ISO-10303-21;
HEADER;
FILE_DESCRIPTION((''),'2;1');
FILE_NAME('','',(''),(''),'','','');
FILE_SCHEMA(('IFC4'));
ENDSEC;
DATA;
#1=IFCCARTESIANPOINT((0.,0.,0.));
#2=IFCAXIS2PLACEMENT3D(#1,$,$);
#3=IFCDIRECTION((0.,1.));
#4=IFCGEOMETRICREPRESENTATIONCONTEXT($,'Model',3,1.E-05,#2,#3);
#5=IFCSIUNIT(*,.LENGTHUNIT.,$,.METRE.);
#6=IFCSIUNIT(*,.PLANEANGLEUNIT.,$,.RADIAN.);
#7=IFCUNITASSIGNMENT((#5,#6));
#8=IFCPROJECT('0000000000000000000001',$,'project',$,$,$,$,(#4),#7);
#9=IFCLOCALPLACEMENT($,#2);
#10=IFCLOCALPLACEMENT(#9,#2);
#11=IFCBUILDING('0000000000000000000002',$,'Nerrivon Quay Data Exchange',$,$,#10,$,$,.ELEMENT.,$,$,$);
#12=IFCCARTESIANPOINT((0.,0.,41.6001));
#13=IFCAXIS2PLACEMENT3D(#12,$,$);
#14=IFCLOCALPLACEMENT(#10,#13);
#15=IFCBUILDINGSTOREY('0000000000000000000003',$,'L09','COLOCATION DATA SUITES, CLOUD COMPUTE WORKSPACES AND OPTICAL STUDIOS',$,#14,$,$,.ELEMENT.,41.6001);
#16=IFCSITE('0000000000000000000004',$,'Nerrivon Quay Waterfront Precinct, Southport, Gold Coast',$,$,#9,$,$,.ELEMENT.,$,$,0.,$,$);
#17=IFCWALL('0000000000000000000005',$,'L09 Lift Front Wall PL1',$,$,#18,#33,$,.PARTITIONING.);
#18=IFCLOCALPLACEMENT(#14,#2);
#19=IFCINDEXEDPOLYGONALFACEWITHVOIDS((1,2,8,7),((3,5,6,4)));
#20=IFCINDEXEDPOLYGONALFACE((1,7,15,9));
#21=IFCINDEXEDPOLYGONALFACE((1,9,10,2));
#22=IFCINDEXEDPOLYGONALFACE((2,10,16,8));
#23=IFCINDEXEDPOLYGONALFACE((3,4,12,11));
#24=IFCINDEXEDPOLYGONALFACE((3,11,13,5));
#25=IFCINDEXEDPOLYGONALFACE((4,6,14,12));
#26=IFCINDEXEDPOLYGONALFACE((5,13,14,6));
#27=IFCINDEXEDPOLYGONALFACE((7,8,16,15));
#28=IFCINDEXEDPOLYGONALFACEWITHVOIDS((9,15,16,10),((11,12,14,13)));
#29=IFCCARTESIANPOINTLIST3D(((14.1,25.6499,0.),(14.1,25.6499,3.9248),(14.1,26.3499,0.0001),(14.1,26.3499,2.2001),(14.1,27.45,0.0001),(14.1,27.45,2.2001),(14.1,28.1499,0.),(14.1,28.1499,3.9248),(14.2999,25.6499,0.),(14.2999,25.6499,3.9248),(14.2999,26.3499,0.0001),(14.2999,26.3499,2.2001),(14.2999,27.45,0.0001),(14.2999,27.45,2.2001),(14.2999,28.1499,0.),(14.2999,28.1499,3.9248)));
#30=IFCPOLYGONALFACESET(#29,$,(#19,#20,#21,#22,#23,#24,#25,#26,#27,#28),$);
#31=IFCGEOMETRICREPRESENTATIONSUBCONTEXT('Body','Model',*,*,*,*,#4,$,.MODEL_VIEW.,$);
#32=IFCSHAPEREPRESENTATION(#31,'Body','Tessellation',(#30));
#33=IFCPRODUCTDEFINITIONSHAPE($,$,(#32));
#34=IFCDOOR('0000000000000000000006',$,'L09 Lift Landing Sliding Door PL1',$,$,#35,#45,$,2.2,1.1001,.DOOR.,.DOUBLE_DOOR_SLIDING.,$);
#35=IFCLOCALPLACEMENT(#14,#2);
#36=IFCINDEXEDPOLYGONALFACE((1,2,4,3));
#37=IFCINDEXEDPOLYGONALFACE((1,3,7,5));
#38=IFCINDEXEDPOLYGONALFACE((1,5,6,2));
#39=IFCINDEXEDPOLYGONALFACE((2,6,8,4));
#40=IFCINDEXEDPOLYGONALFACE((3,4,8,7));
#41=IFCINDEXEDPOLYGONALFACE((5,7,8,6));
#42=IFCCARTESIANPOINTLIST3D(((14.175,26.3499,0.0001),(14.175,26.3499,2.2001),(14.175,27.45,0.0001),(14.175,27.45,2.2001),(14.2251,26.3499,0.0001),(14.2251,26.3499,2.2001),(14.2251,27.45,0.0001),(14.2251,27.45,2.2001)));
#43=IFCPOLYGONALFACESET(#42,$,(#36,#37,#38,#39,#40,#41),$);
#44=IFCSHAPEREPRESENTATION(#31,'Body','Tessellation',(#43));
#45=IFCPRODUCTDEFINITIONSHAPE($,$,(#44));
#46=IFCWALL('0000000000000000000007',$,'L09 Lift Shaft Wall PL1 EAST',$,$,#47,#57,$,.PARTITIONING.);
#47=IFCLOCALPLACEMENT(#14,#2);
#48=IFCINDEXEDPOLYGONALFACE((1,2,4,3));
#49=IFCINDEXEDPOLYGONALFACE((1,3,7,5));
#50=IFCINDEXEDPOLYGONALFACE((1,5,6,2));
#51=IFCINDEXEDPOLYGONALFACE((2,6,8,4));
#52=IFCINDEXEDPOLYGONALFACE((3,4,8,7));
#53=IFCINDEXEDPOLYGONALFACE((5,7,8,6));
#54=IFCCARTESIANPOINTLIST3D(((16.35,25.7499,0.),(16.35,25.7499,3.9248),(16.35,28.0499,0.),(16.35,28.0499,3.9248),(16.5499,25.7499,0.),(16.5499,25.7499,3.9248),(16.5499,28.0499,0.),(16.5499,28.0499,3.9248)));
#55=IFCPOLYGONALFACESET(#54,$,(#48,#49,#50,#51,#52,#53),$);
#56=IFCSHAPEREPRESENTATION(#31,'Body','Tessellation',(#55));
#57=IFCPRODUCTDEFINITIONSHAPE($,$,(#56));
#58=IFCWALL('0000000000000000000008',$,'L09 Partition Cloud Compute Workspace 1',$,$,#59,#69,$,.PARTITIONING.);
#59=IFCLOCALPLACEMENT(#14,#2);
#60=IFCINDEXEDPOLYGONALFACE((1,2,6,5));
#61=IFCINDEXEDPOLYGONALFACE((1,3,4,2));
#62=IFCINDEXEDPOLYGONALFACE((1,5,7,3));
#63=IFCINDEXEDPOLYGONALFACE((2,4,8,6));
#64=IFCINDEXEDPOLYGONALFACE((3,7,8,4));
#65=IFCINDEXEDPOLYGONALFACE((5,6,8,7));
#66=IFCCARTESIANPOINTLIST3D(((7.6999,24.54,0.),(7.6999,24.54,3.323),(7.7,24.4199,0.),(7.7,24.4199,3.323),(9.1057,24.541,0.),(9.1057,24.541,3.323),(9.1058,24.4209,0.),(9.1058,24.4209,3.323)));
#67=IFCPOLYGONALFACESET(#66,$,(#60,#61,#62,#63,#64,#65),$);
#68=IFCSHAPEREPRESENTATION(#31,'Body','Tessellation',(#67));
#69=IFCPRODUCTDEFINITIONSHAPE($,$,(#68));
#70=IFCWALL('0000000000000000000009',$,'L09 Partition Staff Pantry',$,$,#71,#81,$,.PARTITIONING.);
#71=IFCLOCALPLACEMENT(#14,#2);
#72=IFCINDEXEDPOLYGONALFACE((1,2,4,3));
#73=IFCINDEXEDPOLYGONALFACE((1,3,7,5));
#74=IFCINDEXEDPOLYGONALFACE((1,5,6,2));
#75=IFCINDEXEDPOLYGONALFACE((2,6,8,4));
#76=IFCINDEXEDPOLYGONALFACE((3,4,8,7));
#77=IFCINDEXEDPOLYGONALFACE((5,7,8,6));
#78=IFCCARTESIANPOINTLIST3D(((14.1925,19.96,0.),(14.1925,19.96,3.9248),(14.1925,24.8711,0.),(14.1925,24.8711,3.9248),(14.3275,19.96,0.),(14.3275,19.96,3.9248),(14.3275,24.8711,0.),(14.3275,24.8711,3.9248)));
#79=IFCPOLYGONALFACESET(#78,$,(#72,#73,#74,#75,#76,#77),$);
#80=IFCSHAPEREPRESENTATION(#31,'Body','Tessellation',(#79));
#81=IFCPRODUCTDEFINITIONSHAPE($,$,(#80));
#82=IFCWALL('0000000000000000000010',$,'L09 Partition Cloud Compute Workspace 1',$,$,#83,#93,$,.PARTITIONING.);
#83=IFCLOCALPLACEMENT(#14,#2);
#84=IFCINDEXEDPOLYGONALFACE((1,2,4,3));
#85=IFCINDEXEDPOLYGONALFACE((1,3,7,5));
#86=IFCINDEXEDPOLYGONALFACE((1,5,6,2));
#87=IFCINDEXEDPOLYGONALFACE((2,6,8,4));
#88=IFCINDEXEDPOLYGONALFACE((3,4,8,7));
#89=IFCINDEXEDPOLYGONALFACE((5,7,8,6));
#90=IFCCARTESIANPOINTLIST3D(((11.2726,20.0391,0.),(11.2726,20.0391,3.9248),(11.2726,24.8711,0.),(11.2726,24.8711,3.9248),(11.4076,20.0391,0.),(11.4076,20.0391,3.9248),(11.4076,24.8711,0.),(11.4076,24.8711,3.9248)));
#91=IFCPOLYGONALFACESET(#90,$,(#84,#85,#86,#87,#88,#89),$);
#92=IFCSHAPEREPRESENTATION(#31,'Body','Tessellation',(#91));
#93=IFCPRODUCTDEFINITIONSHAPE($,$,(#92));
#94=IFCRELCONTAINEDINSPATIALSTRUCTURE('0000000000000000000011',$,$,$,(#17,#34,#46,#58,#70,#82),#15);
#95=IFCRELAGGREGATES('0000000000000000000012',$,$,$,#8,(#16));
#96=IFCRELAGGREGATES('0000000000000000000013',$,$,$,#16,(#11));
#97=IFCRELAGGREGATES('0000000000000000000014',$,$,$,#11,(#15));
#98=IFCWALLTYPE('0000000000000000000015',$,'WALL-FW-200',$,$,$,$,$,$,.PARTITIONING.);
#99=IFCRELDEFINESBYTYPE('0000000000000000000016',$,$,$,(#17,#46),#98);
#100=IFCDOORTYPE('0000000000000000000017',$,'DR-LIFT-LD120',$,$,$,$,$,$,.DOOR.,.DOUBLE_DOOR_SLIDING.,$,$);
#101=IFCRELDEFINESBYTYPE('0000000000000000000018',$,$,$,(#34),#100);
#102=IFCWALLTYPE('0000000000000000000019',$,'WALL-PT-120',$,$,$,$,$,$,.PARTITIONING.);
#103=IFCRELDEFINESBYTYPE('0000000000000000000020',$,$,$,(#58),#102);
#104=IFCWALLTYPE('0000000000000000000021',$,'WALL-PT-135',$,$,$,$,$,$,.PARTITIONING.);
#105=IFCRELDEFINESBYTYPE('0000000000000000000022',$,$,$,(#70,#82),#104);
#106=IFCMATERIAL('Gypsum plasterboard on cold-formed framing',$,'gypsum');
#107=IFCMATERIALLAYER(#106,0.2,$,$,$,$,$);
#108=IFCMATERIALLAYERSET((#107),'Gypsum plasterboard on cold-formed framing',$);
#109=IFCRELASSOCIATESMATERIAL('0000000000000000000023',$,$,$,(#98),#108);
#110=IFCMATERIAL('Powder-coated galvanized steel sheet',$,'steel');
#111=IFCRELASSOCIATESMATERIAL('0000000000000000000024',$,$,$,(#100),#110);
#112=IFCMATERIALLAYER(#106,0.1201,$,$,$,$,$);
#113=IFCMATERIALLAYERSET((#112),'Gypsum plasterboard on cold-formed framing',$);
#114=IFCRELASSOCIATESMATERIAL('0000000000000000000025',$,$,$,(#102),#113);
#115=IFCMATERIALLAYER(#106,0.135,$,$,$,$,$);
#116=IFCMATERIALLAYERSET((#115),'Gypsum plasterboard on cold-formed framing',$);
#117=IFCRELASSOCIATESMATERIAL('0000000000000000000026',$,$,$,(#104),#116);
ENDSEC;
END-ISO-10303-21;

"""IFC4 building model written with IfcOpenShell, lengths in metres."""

from ifc_helpers import new_model, si_unit, direction, frame, frame_2d, origin, place, context, subcontext, project, spatial, rectangle, extrude, material, layer, layer_set, type_object, element, fill, save


model = new_model("IFC4")

# Units and contexts
model_context = context("Model", 3, precision=1e-05, world=origin(), true_north=direction((0.0, 1.0)))
body_context = subcontext(model_context, "Body", "Model", "MODEL_VIEW")
ifc_project = project(units=[si_unit("LENGTHUNIT", "METRE"), si_unit("PLANEANGLEUNIT", "RADIAN")], contexts=[model_context])

# Site, building, storey
site_placement = place(None, origin())
site = spatial("IfcSite", under=ifc_project, at=site_placement, Name="Nerrivon Quay Waterfront Precinct, Southport, Gold Coast", CompositionType="ELEMENT", RefElevation=0.0)
building_placement = place(site_placement, origin())
building = spatial("IfcBuilding", under=site, at=building_placement, Name="Nerrivon Quay Data Exchange", CompositionType="ELEMENT")
storey_placement = place(building_placement, frame((0.0, 0.0, 41.6001)))
storey = spatial("IfcBuildingStorey", under=building, at=storey_placement, Name="L09", Description="COLOCATION DATA SUITES, CLOUD COMPUTE WORKSPACES AND OPTICAL STUDIOS", CompositionType="ELEMENT", Elevation=41.6001)

# Shared definitions
ifc_material_1 = material(Name="Powder-coated galvanized steel sheet", Category="steel")
ifc_material_2 = material(Name="Gypsum plasterboard on cold-formed framing", Category="gypsum")
ifc_layer_1 = layer(ifc_material_2, 0.2)
ifc_layer_set_1 = layer_set([ifc_layer_1], Name="Gypsum plasterboard on cold-formed framing")
wall_type_1 = type_object("IfcWallType", Name="WALL-FW-200", PredefinedType="PARTITIONING", material=ifc_layer_set_1)
door_type_1 = type_object("IfcDoorType", Name="DR-LIFT-LD120", OperationType="DOUBLE_DOOR_SLIDING", PredefinedType="DOOR", material=ifc_material_1)

# Wall, opening, door
wall_1_placement = place(storey_placement, frame((14.2, 25.6499, 0.0), z_axis=(0.0, 0.0, 1.0), x_axis=(0.0, 1.0, 0.0)))
wall_1 = element("IfcWall", 1, at=wall_1_placement, inside=storey, type_object=wall_type_1, Name="L09 Lift Front Wall PL1", PredefinedType="PARTITIONING", context=body_context, shape_type="SweptSolid", body=[
    extrude(rectangle(XDim=2.5, YDim=0.2, at=frame_2d((1.25, 0.0))), origin(), (0.0, 0.0, 1.0), 3.9248),
])
opening_1_placement = place(wall_1_placement, frame((0.7, 0.0, 0.0)))
opening_1 = element("IfcOpeningElement", 2, at=opening_1_placement, cuts=wall_1, PredefinedType="OPENING", context=body_context, shape_type="SweptSolid", body=[
    extrude(rectangle(XDim=1.1001, YDim=2.2, at=frame_2d((0.55, 1.1001))), frame((0.0, 0.1099, 0.0), z_axis=(0.0, -1.0, 0.0), x_axis=(1.0, 0.0, 0.0)), (0.0, 0.0, 1.0), 0.22),
])
door_1_placement = place(opening_1_placement, origin())
door_1 = element("IfcDoor", 3, at=door_1_placement, inside=storey, type_object=door_type_1, Name="L09 Lift Landing Sliding Door PL1", OperationType="DOUBLE_DOOR_SLIDING", OverallHeight=2.2, OverallWidth=1.1001, PredefinedType="DOOR", context=body_context, shape_type="SweptSolid", body=[
    extrude(rectangle(XDim=1.1001, YDim=2.2, at=frame_2d((0.55, 1.1001))), frame((0.0, 0.0249, 0.0), z_axis=(0.0, -1.0, 0.0), x_axis=(1.0, 0.0, 0.0)), (0.0, 0.0, 1.0), 0.05),
])
fill(opening_1, door_1)

# Walls
wall_2_placement = place(storey_placement, frame((16.45, 25.75, 0.0), z_axis=(0.0, 0.0, 1.0), x_axis=(0.0, 1.0, 0.0)))
element("IfcWall", 4, at=wall_2_placement, inside=storey, type_object=wall_type_1, Name="L09 Lift Shaft Wall PL1 EAST", PredefinedType="PARTITIONING", context=body_context, shape_type="SweptSolid", body=[
    extrude(rectangle(XDim=2.3, YDim=0.2, at=frame_2d((1.1499, 0.0))), origin(), (0.0, 0.0, 1.0), 3.9248),
])
ifc_layer_2 = layer(ifc_material_2, 0.1201)
ifc_layer_set_2 = layer_set([ifc_layer_2], Name="Gypsum plasterboard on cold-formed framing")
wall_type_2 = type_object("IfcWallType", Name="WALL-PT-120", PredefinedType="PARTITIONING", material=ifc_layer_set_2)
wall_3_placement = place(storey_placement, frame((9.1057, 24.481, 0.0), z_axis=(0.0, 0.0, 1.0), x_axis=(-1.0, -0.000695, 0.0)))
element("IfcWall", 5, at=wall_3_placement, inside=storey, type_object=wall_type_2, Name="L09 Partition Cloud Compute Workspace 1", PredefinedType="PARTITIONING", context=body_context, shape_type="SweptSolid", body=[
    extrude(rectangle(XDim=1.4058, YDim=0.1201, at=frame_2d((0.7029, 0.0))), origin(), (0.0, 0.0, 1.0), 3.323),
])
ifc_layer_3 = layer(ifc_material_2, 0.135)
ifc_layer_set_3 = layer_set([ifc_layer_3], Name="Gypsum plasterboard on cold-formed framing")
wall_type_3 = type_object("IfcWallType", Name="WALL-PT-135", PredefinedType="PARTITIONING", material=ifc_layer_set_3)
wall_4_placement = place(storey_placement, frame((14.26, 24.8711, 0.0), z_axis=(0.0, 0.0, 1.0), x_axis=(0.0, -1.0, 0.0)))
element("IfcWall", 6, at=wall_4_placement, inside=storey, type_object=wall_type_3, Name="L09 Partition Staff Pantry", PredefinedType="PARTITIONING", context=body_context, shape_type="SweptSolid", body=[
    extrude(rectangle(XDim=4.9111, YDim=0.135, at=frame_2d((2.4556, 0.0))), origin(), (0.0, 0.0, 1.0), 3.9248),
])
wall_5_placement = place(storey_placement, frame((11.3401, 20.0391, 0.0), z_axis=(0.0, 0.0, 1.0), x_axis=(0.0, 1.0, 0.0)))
element("IfcWall", 7, at=wall_5_placement, inside=storey, type_object=wall_type_3, Name="L09 Partition Cloud Compute Workspace 1", PredefinedType="PARTITIONING", context=body_context, shape_type="SweptSolid", body=[
    extrude(rectangle(XDim=4.832, YDim=0.135, at=frame_2d((2.416, 0.0))), origin(), (0.0, 0.0, 1.0), 3.9248),
])

save(model, "model.ifc")
